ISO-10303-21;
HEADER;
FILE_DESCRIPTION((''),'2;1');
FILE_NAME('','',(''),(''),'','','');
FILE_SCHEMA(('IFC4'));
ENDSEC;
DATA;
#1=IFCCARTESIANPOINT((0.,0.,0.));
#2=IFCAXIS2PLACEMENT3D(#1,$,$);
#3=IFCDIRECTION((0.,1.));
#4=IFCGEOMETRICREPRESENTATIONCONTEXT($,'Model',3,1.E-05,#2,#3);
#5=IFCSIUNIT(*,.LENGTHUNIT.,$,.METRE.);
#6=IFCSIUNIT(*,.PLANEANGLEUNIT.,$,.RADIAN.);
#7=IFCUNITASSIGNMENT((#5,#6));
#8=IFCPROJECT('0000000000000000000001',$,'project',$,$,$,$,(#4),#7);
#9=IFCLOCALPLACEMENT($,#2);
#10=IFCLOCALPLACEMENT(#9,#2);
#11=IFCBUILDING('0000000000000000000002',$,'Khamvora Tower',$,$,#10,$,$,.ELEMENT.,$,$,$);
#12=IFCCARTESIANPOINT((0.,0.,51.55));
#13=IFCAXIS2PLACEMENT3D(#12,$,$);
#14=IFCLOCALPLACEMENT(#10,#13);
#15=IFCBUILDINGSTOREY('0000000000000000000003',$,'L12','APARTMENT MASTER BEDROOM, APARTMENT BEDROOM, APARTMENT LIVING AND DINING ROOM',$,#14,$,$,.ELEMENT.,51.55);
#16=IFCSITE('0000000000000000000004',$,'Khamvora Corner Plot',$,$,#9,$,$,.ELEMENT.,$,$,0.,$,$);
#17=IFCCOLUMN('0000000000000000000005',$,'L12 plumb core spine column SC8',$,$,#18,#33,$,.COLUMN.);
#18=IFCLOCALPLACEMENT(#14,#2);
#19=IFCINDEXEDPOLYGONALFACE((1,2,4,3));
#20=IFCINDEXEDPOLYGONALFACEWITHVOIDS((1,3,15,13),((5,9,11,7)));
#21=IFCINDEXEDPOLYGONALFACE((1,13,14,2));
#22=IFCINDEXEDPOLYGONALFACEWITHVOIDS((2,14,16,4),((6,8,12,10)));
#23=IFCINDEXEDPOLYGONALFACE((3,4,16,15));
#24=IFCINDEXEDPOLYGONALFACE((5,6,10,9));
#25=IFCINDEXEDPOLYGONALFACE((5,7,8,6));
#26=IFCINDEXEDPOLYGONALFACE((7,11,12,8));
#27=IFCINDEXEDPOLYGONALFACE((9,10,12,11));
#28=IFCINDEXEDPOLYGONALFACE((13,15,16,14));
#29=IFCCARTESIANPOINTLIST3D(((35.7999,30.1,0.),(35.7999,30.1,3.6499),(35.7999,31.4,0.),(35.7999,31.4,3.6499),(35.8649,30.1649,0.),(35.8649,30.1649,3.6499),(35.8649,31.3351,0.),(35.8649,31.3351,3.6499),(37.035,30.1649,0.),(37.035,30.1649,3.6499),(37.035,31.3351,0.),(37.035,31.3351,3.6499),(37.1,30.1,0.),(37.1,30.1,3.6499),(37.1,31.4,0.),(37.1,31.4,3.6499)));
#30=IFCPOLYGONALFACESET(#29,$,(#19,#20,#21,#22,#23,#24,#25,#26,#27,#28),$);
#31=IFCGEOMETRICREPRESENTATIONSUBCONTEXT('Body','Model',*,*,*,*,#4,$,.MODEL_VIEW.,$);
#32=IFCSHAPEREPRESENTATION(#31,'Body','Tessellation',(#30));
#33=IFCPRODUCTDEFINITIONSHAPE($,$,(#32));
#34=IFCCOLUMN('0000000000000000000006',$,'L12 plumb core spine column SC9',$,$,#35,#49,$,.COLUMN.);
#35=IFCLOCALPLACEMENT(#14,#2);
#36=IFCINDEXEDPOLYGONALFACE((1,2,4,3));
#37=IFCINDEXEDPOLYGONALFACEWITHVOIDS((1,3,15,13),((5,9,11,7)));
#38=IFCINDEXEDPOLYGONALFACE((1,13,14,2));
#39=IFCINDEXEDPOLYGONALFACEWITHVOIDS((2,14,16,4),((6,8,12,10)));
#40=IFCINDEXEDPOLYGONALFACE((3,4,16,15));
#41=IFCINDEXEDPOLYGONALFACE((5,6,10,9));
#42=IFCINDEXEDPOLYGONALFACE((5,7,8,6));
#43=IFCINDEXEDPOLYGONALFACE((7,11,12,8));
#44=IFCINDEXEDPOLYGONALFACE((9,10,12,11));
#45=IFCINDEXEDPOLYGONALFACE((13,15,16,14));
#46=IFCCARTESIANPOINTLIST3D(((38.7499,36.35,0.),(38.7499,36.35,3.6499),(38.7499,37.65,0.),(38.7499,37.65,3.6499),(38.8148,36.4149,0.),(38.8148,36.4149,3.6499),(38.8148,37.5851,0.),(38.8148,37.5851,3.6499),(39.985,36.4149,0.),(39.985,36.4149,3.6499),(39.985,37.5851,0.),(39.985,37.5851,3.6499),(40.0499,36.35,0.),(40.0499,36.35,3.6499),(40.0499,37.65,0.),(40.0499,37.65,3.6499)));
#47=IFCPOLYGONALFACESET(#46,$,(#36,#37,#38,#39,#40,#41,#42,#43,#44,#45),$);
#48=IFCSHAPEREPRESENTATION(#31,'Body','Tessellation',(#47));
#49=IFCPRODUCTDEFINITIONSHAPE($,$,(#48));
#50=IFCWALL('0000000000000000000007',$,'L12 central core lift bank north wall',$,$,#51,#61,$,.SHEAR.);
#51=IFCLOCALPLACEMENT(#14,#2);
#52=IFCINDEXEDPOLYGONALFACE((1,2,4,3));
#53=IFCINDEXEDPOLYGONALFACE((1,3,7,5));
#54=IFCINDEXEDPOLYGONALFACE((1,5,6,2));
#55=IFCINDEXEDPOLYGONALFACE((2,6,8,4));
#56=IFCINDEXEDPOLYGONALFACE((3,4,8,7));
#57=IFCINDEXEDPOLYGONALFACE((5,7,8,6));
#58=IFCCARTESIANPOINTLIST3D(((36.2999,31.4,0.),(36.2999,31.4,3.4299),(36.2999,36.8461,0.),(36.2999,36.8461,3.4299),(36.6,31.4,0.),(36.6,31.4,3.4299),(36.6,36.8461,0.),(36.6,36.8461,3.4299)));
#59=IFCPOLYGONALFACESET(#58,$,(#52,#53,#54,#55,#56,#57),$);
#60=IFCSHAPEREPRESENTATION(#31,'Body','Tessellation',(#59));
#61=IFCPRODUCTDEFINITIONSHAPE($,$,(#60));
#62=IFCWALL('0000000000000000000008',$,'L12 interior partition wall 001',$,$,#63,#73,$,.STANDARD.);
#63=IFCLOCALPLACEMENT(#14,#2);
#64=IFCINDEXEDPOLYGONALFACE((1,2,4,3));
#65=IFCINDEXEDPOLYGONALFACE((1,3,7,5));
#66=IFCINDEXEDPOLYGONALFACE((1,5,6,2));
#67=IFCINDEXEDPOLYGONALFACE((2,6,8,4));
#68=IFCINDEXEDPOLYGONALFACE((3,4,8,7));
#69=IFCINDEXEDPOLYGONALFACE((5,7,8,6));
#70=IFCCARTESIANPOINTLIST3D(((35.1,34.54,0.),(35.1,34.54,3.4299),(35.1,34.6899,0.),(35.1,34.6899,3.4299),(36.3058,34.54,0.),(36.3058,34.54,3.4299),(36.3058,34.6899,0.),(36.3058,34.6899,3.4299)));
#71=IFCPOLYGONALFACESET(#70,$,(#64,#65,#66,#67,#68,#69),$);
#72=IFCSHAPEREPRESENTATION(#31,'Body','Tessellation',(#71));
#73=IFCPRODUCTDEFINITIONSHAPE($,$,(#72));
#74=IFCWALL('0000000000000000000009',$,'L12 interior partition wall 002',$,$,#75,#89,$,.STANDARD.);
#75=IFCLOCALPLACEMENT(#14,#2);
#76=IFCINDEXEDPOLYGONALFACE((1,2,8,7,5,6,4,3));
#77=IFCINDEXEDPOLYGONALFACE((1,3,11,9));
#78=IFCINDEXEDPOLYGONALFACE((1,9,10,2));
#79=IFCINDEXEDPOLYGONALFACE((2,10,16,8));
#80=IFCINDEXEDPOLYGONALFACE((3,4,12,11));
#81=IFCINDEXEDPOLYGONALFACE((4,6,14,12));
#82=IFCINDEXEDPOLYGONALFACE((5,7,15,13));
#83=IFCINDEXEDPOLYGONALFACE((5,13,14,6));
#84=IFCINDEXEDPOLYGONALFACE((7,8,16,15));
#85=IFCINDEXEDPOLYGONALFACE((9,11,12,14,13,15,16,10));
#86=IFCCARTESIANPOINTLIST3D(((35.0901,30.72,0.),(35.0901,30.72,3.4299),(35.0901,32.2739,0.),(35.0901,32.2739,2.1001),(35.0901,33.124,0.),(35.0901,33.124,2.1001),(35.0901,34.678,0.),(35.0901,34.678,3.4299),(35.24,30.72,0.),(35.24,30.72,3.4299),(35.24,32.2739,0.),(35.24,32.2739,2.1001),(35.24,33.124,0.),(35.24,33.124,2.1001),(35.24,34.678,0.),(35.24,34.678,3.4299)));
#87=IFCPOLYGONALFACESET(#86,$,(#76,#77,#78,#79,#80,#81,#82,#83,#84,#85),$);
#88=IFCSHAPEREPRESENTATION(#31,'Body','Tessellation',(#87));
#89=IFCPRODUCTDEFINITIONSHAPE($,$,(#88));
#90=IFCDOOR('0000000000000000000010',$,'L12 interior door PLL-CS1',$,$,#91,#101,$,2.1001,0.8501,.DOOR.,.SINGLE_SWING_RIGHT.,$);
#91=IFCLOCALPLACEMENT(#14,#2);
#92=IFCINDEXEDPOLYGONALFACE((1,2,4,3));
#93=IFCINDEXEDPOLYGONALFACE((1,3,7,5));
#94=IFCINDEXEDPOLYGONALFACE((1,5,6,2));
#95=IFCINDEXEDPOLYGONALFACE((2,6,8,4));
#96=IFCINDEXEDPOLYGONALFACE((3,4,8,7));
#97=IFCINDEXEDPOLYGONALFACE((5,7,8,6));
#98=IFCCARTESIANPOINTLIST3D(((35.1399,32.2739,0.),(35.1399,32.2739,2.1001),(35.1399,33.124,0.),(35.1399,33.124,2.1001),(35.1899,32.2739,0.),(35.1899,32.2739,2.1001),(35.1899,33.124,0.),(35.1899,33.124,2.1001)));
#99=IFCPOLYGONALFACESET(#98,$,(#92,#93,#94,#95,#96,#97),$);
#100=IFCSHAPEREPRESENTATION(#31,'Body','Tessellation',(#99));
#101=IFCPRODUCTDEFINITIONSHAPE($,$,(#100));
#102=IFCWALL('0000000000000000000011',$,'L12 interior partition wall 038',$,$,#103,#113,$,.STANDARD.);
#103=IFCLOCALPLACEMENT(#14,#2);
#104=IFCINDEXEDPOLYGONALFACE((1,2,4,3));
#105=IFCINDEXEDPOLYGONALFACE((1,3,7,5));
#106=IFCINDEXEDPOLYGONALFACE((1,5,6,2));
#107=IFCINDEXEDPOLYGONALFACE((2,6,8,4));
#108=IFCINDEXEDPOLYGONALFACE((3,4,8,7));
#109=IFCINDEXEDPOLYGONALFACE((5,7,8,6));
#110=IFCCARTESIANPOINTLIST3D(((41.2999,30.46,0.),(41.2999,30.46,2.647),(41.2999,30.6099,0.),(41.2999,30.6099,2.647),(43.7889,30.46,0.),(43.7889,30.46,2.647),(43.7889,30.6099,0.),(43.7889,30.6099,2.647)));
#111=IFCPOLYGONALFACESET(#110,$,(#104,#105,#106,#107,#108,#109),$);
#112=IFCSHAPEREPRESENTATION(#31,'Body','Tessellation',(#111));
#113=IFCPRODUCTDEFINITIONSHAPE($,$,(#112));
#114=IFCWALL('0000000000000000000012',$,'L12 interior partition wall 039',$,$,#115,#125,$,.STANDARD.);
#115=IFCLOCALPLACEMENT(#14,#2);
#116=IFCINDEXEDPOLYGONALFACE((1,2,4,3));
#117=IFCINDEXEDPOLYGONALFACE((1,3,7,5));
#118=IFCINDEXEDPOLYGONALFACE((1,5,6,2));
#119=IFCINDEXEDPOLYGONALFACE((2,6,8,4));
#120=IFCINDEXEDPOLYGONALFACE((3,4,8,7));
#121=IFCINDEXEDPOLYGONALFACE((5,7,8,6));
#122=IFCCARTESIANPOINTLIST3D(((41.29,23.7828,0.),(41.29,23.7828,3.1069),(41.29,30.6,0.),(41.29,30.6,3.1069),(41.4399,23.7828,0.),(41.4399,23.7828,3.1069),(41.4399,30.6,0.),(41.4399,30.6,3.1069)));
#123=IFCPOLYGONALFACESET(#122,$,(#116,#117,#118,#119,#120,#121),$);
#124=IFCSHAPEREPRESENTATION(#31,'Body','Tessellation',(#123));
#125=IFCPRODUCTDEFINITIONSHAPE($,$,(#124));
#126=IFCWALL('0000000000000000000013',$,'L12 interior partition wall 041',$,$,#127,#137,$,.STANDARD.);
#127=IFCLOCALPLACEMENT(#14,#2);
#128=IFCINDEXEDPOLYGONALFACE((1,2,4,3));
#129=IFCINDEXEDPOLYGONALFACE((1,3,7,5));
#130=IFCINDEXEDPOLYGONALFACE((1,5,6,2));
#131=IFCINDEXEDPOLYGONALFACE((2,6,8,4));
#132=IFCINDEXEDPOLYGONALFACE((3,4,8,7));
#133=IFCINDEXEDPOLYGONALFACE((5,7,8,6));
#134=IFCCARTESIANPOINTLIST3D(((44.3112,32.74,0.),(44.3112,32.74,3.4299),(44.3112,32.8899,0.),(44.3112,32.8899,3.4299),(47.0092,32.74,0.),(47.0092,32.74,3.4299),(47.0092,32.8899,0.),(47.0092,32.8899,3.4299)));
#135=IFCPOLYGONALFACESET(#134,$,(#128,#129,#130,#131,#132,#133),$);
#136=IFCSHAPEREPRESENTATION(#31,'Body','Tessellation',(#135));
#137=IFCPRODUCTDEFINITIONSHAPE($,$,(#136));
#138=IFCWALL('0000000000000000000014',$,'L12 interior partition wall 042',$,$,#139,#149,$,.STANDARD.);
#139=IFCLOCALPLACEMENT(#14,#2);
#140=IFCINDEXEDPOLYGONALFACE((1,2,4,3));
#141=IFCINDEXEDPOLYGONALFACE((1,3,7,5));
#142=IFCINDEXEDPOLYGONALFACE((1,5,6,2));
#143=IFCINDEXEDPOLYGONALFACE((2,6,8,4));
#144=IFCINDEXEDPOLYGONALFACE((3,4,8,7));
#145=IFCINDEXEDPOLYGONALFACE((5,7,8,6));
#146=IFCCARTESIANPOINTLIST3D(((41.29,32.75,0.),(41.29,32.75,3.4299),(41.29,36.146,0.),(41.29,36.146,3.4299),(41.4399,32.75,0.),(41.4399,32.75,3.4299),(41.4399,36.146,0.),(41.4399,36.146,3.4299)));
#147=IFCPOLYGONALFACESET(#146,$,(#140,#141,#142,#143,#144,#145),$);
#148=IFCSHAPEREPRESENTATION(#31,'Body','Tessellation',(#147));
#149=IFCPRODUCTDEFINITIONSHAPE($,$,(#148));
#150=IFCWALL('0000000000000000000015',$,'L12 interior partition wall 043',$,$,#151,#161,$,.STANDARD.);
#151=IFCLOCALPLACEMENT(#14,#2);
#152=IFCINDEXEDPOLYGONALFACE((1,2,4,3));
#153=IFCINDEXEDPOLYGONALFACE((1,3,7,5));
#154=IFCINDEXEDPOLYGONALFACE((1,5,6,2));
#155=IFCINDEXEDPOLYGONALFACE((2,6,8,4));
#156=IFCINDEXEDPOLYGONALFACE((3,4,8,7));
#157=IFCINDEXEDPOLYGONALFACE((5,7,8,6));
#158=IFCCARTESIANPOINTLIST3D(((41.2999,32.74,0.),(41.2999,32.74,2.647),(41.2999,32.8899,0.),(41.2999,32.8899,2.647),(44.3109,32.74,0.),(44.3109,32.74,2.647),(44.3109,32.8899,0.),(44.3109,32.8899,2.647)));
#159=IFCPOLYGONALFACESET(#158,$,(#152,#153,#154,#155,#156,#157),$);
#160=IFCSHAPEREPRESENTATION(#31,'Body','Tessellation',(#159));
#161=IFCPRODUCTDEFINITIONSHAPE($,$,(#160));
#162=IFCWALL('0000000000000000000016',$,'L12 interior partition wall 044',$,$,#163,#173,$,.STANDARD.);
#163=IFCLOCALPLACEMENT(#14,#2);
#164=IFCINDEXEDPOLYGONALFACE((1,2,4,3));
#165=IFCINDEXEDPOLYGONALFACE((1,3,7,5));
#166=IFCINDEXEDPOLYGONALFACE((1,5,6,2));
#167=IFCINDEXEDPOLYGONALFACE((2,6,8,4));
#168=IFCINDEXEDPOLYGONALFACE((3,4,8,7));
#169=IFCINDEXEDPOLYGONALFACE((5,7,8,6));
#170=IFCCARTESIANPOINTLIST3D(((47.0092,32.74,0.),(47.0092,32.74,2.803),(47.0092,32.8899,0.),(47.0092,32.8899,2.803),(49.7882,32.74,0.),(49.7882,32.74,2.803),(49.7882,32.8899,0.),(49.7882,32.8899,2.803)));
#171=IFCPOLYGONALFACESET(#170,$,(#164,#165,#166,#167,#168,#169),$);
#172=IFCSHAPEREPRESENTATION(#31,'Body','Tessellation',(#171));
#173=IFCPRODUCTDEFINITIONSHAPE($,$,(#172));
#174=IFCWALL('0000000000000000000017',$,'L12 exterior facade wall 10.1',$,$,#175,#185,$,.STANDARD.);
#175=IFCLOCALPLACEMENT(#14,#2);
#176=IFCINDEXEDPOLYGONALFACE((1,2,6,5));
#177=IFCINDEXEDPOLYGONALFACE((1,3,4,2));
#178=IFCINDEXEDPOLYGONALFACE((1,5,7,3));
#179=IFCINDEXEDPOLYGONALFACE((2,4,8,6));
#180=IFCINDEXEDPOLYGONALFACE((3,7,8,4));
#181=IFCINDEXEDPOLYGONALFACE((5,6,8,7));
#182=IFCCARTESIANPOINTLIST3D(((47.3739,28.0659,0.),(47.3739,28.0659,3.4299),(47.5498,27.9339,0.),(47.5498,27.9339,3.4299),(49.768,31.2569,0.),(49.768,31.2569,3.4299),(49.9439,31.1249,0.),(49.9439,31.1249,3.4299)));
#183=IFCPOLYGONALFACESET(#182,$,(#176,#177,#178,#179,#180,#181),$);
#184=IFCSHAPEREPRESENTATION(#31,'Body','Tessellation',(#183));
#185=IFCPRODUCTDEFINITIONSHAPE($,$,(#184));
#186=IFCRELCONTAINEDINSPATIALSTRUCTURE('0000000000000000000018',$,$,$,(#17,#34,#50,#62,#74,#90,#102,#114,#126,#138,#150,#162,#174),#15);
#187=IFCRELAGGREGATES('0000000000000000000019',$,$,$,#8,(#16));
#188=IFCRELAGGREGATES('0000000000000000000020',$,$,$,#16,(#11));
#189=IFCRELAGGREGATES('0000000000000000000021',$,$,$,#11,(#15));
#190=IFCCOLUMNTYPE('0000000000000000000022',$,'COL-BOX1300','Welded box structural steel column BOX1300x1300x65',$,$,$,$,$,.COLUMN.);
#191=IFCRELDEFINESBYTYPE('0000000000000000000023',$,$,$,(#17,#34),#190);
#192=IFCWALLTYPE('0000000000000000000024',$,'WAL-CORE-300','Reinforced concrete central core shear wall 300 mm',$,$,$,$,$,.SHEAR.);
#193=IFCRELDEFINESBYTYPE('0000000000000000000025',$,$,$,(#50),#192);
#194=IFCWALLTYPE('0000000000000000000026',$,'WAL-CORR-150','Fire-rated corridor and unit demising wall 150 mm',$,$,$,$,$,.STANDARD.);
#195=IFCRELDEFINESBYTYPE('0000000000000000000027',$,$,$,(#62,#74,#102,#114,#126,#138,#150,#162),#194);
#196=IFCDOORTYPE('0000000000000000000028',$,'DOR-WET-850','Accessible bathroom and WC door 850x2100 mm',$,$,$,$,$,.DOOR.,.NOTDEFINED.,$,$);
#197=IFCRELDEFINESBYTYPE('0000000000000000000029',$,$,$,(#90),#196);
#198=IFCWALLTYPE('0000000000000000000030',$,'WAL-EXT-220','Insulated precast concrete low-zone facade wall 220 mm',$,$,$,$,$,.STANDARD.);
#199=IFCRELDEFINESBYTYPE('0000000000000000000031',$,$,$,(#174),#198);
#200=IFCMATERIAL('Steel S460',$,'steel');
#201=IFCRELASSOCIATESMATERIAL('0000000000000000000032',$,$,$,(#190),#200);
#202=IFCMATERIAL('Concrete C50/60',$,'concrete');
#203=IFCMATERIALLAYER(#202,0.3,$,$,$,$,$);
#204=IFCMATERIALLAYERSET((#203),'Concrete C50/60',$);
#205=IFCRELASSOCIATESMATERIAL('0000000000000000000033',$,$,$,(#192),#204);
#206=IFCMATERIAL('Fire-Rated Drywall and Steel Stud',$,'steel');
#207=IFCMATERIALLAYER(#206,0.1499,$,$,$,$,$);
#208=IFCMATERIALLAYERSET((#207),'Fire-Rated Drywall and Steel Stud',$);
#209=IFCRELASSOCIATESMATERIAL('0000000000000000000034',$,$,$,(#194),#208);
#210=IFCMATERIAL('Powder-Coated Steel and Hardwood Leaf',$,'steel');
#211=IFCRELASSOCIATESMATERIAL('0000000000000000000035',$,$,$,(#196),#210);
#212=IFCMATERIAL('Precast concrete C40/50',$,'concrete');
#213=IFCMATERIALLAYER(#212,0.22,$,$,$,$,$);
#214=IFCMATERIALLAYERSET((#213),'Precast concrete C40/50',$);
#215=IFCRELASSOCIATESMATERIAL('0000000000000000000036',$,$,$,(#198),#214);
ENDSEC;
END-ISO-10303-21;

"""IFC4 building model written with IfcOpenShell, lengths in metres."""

from ifc_helpers import new_model, si_unit, direction, frame, frame_2d, origin, origin_2d, place, context, subcontext, project, spatial, rectangle, hollow_rectangle, extrude, material, layer, layer_set, material_profile, profile_set, type_object, element, fill, save


model = new_model("IFC4")

# Units and contexts
model_context = context("Model", 3, precision=1e-05, world=origin(), true_north=direction((0.0, 1.0)))
body_context = subcontext(model_context, "Body", "Model", "MODEL_VIEW")
ifc_project = project(units=[si_unit("LENGTHUNIT", "METRE"), si_unit("PLANEANGLEUNIT", "RADIAN")], contexts=[model_context])

# Site, building, storey
site_placement = place(None, origin())
site = spatial("IfcSite", under=ifc_project, at=site_placement, Name="Khamvora Corner Plot", CompositionType="ELEMENT", RefElevation=0.0)
building_placement = place(site_placement, origin())
building = spatial("IfcBuilding", under=site, at=building_placement, Name="Khamvora Tower", CompositionType="ELEMENT")
storey_placement = place(building_placement, frame((0.0, 0.0, 51.55)))
storey = spatial("IfcBuildingStorey", under=building, at=storey_placement, Name="L12", Description="APARTMENT MASTER BEDROOM, APARTMENT BEDROOM, APARTMENT LIVING AND DINING ROOM", CompositionType="ELEMENT", Elevation=51.55)

# Columns
ifc_material_1 = material(Name="Steel S460", Category="steel")
ifc_material_profile = material_profile(ifc_material_1, hollow_rectangle(XDim=1.3, YDim=1.3, WallThickness=0.0649, at=origin_2d()), Name="BOX1300x1300x65")
ifc_profile_set = profile_set([ifc_material_profile], Name="Steel S460")
column_type = type_object("IfcColumnType", Name="COL-BOX1300", Description="Welded box structural steel column BOX1300x1300x65", PredefinedType="COLUMN", material=ifc_profile_set)
for number, where, z_axis, x_axis, name in (
    (1, (36.45, 30.75, 0.0), (0.0, 0.0, 1.0), (1.0, 0.0, 0.0), "L12 plumb core spine column SC8"),
    (2, (39.3999, 37.0, 0.0), (0.0, 0.0, 1.0), (1.0, 0.0, 0.0), "L12 plumb core spine column SC9"),
):
    element("IfcColumn", number, at=place(storey_placement, frame(where, z_axis=z_axis, x_axis=x_axis)), inside=storey, type_object=column_type, Name=name, PredefinedType="COLUMN", context=body_context, shape_type="SweptSolid", body=[
        extrude(hollow_rectangle(XDim=1.3, YDim=1.3, WallThickness=0.0649, at=origin_2d()), origin(), (0.0, 0.0, 1.0), 3.6499),
    ])

# Walls
ifc_material_2 = material(Name="Concrete C50/60", Category="concrete")
ifc_layer_1 = layer(ifc_material_2, 0.3)
ifc_layer_set_1 = layer_set([ifc_layer_1], Name="Concrete C50/60")
wall_type_1 = type_object("IfcWallType", Name="WAL-CORE-300", Description="Reinforced concrete central core shear wall 300 mm", PredefinedType="SHEAR", material=ifc_layer_set_1)
wall_1_placement = place(storey_placement, frame((36.45, 31.3999, 0.0), z_axis=(0.0, 0.0, 1.0), x_axis=(0.0, 1.0, 0.0)))
element("IfcWall", 3, at=wall_1_placement, inside=storey, type_object=wall_type_1, Name="L12 central core lift bank north wall", PredefinedType="SHEAR", context=body_context, shape_type="SweptSolid", body=[
    extrude(rectangle(XDim=5.446, YDim=0.3, at=frame_2d((2.7231, 0.0))), origin(), (0.0, 0.0, 1.0), 3.4299),
])
ifc_material_3 = material(Name="Fire-Rated Drywall and Steel Stud", Category="steel")
ifc_layer_2 = layer(ifc_material_3, 0.1499)
ifc_layer_set_2 = layer_set([ifc_layer_2], Name="Fire-Rated Drywall and Steel Stud")
wall_type_2 = type_object("IfcWallType", Name="WAL-CORR-150", Description="Fire-rated corridor and unit demising wall 150 mm", PredefinedType="STANDARD", material=ifc_layer_set_2)
wall_2_placement = place(storey_placement, frame((36.3059, 34.615, 0.0), z_axis=(0.0, 0.0, 1.0), x_axis=(-1.0, 0.0, 0.0)))
element("IfcWall", 4, at=wall_2_placement, inside=storey, type_object=wall_type_2, Name="L12 interior partition wall 001", PredefinedType="STANDARD", context=body_context, shape_type="SweptSolid", body=[
    extrude(rectangle(XDim=1.2058, YDim=0.1499, at=frame_2d((0.603, 0.0))), origin(), (0.0, 0.0, 1.0), 3.4299),
])

# Wall, opening, door
wall_3_placement = place(storey_placement, frame((35.165, 34.678, 0.0), z_axis=(0.0, 0.0, 1.0), x_axis=(0.0, -1.0, 0.0)))
wall_3 = element("IfcWall", 5, at=wall_3_placement, inside=storey, type_object=wall_type_2, Name="L12 interior partition wall 002", PredefinedType="STANDARD", context=body_context, shape_type="SweptSolid", body=[
    extrude(rectangle(XDim=3.958, YDim=0.1499, at=frame_2d((1.979, 0.0))), origin(), (0.0, 0.0, 1.0), 3.4299),
])
opening_1_placement = place(wall_3_placement, frame((1.554, 0.0, 0.0)))
opening_1 = element("IfcOpeningElement", 6, at=opening_1_placement, cuts=wall_3, PredefinedType="OPENING", context=body_context, shape_type="SweptSolid", body=[
    extrude(rectangle(XDim=0.8501, YDim=2.1001, at=frame_2d((0.425, 1.05))), frame((0.0, 0.085, 0.0), z_axis=(0.0, -1.0, 0.0), x_axis=(1.0, 0.0, 0.0)), (0.0, 0.0, 1.0), 0.1699),
])
ifc_material_4 = material(Name="Powder-Coated Steel and Hardwood Leaf", Category="steel")
door_type_1 = type_object("IfcDoorType", Name="DOR-WET-850", Description="Accessible bathroom and WC door 850x2100 mm", OperationType="NOTDEFINED", PredefinedType="DOOR", material=ifc_material_4)
door_1_placement = place(opening_1_placement, origin())
door_1 = element("IfcDoor", 7, at=door_1_placement, inside=storey, type_object=door_type_1, Name="L12 interior door PLL-CS1", OperationType="SINGLE_SWING_RIGHT", OverallHeight=2.1001, OverallWidth=0.8501, PredefinedType="DOOR", context=body_context, shape_type="SweptSolid", body=[
    extrude(rectangle(XDim=0.8501, YDim=2.1001, at=frame_2d((0.425, 1.05))), frame((0.0, 0.0249, 0.0), z_axis=(0.0, -1.0, 0.0), x_axis=(1.0, 0.0, 0.0)), (0.0, 0.0, 1.0), 0.05),
])
fill(opening_1, door_1)

# Walls
wall_4_placement = place(storey_placement, frame((43.7891, 30.5349, 0.0), z_axis=(0.0, 0.0, 1.0), x_axis=(-1.0, 0.0, 0.0)))
element("IfcWall", 8, at=wall_4_placement, inside=storey, type_object=wall_type_2, Name="L12 interior partition wall 038", PredefinedType="STANDARD", context=body_context, shape_type="SweptSolid", body=[
    extrude(rectangle(XDim=2.489, YDim=0.1499, at=frame_2d((1.2446, 0.0))), origin(), (0.0, 0.0, 1.0), 2.647),
])
wall_5_placement = place(storey_placement, frame((41.365, 30.6001, 0.0), z_axis=(0.0, 0.0, 1.0), x_axis=(0.0, -1.0, 0.0)))
element("IfcWall", 9, at=wall_5_placement, inside=storey, type_object=wall_type_2, Name="L12 interior partition wall 039", PredefinedType="STANDARD", context=body_context, shape_type="SweptSolid", body=[
    extrude(rectangle(XDim=6.8171, YDim=0.1499, at=frame_2d((3.4087, 0.0))), origin(), (0.0, 0.0, 1.0), 3.1069),
])
wall_6_placement = place(storey_placement, frame((44.311, 32.8149, 0.0), z_axis=(0.0, 0.0, 1.0), x_axis=(1.0, 0.0, 0.0)))
element("IfcWall", 10, at=wall_6_placement, inside=storey, type_object=wall_type_2, Name="L12 interior partition wall 041", PredefinedType="STANDARD", context=body_context, shape_type="SweptSolid", body=[
    extrude(rectangle(XDim=2.698, YDim=0.1499, at=frame_2d((1.3491, 0.0))), origin(), (0.0, 0.0, 1.0), 3.4299),
])
wall_7_placement = place(storey_placement, frame((41.365, 36.146, 0.0), z_axis=(0.0, 0.0, 1.0), x_axis=(0.0, -1.0, 0.0)))
element("IfcWall", 11, at=wall_7_placement, inside=storey, type_object=wall_type_2, Name="L12 interior partition wall 042", PredefinedType="STANDARD", context=body_context, shape_type="SweptSolid", body=[
    extrude(rectangle(XDim=3.396, YDim=0.1499, at=frame_2d((1.698, 0.0))), origin(), (0.0, 0.0, 1.0), 3.4299),
])
wall_8_placement = place(storey_placement, frame((41.3, 32.8149, 0.0), z_axis=(0.0, 0.0, 1.0), x_axis=(1.0, 0.0, 0.0)))
element("IfcWall", 12, at=wall_8_placement, inside=storey, type_object=wall_type_2, Name="L12 interior partition wall 043", PredefinedType="STANDARD", context=body_context, shape_type="SweptSolid", body=[
    extrude(rectangle(XDim=3.011, YDim=0.1499, at=frame_2d((1.5054, 0.0))), origin(), (0.0, 0.0, 1.0), 2.647),
])
wall_9_placement = place(storey_placement, frame((47.009, 32.8149, 0.0), z_axis=(0.0, 0.0, 1.0), x_axis=(1.0, 0.0, 0.0)))
element("IfcWall", 13, at=wall_9_placement, inside=storey, type_object=wall_type_2, Name="L12 interior partition wall 044", PredefinedType="STANDARD", context=body_context, shape_type="SweptSolid", body=[
    extrude(rectangle(XDim=2.7791, YDim=0.1499, at=frame_2d((1.3896, 0.0))), origin(), (0.0, 0.0, 1.0), 2.803),
])
ifc_material_5 = material(Name="Precast concrete C40/50", Category="concrete")
ifc_layer_3 = layer(ifc_material_5, 0.22)
ifc_layer_set_3 = layer_set([ifc_layer_3], Name="Precast concrete C40/50")
wall_type_3 = type_object("IfcWallType", Name="WAL-EXT-220", Description="Insulated precast concrete low-zone facade wall 220 mm", PredefinedType="STANDARD", material=ifc_layer_set_3)
wall_10_placement = place(storey_placement, frame((49.856, 31.1909, 0.0), z_axis=(0.0, 0.0, 1.0), x_axis=(-0.600137, -0.799897, 0.0)))
element("IfcWall", 14, at=wall_10_placement, inside=storey, type_object=wall_type_3, Name="L12 exterior facade wall 10.1", PredefinedType="STANDARD", context=body_context, shape_type="SweptSolid", body=[
    extrude(rectangle(XDim=3.9893, YDim=0.22, at=frame_2d((1.9946, 0.0))), origin(), (0.0, 0.0, 1.0), 3.4299),
])

save(model, "model.ifc")
